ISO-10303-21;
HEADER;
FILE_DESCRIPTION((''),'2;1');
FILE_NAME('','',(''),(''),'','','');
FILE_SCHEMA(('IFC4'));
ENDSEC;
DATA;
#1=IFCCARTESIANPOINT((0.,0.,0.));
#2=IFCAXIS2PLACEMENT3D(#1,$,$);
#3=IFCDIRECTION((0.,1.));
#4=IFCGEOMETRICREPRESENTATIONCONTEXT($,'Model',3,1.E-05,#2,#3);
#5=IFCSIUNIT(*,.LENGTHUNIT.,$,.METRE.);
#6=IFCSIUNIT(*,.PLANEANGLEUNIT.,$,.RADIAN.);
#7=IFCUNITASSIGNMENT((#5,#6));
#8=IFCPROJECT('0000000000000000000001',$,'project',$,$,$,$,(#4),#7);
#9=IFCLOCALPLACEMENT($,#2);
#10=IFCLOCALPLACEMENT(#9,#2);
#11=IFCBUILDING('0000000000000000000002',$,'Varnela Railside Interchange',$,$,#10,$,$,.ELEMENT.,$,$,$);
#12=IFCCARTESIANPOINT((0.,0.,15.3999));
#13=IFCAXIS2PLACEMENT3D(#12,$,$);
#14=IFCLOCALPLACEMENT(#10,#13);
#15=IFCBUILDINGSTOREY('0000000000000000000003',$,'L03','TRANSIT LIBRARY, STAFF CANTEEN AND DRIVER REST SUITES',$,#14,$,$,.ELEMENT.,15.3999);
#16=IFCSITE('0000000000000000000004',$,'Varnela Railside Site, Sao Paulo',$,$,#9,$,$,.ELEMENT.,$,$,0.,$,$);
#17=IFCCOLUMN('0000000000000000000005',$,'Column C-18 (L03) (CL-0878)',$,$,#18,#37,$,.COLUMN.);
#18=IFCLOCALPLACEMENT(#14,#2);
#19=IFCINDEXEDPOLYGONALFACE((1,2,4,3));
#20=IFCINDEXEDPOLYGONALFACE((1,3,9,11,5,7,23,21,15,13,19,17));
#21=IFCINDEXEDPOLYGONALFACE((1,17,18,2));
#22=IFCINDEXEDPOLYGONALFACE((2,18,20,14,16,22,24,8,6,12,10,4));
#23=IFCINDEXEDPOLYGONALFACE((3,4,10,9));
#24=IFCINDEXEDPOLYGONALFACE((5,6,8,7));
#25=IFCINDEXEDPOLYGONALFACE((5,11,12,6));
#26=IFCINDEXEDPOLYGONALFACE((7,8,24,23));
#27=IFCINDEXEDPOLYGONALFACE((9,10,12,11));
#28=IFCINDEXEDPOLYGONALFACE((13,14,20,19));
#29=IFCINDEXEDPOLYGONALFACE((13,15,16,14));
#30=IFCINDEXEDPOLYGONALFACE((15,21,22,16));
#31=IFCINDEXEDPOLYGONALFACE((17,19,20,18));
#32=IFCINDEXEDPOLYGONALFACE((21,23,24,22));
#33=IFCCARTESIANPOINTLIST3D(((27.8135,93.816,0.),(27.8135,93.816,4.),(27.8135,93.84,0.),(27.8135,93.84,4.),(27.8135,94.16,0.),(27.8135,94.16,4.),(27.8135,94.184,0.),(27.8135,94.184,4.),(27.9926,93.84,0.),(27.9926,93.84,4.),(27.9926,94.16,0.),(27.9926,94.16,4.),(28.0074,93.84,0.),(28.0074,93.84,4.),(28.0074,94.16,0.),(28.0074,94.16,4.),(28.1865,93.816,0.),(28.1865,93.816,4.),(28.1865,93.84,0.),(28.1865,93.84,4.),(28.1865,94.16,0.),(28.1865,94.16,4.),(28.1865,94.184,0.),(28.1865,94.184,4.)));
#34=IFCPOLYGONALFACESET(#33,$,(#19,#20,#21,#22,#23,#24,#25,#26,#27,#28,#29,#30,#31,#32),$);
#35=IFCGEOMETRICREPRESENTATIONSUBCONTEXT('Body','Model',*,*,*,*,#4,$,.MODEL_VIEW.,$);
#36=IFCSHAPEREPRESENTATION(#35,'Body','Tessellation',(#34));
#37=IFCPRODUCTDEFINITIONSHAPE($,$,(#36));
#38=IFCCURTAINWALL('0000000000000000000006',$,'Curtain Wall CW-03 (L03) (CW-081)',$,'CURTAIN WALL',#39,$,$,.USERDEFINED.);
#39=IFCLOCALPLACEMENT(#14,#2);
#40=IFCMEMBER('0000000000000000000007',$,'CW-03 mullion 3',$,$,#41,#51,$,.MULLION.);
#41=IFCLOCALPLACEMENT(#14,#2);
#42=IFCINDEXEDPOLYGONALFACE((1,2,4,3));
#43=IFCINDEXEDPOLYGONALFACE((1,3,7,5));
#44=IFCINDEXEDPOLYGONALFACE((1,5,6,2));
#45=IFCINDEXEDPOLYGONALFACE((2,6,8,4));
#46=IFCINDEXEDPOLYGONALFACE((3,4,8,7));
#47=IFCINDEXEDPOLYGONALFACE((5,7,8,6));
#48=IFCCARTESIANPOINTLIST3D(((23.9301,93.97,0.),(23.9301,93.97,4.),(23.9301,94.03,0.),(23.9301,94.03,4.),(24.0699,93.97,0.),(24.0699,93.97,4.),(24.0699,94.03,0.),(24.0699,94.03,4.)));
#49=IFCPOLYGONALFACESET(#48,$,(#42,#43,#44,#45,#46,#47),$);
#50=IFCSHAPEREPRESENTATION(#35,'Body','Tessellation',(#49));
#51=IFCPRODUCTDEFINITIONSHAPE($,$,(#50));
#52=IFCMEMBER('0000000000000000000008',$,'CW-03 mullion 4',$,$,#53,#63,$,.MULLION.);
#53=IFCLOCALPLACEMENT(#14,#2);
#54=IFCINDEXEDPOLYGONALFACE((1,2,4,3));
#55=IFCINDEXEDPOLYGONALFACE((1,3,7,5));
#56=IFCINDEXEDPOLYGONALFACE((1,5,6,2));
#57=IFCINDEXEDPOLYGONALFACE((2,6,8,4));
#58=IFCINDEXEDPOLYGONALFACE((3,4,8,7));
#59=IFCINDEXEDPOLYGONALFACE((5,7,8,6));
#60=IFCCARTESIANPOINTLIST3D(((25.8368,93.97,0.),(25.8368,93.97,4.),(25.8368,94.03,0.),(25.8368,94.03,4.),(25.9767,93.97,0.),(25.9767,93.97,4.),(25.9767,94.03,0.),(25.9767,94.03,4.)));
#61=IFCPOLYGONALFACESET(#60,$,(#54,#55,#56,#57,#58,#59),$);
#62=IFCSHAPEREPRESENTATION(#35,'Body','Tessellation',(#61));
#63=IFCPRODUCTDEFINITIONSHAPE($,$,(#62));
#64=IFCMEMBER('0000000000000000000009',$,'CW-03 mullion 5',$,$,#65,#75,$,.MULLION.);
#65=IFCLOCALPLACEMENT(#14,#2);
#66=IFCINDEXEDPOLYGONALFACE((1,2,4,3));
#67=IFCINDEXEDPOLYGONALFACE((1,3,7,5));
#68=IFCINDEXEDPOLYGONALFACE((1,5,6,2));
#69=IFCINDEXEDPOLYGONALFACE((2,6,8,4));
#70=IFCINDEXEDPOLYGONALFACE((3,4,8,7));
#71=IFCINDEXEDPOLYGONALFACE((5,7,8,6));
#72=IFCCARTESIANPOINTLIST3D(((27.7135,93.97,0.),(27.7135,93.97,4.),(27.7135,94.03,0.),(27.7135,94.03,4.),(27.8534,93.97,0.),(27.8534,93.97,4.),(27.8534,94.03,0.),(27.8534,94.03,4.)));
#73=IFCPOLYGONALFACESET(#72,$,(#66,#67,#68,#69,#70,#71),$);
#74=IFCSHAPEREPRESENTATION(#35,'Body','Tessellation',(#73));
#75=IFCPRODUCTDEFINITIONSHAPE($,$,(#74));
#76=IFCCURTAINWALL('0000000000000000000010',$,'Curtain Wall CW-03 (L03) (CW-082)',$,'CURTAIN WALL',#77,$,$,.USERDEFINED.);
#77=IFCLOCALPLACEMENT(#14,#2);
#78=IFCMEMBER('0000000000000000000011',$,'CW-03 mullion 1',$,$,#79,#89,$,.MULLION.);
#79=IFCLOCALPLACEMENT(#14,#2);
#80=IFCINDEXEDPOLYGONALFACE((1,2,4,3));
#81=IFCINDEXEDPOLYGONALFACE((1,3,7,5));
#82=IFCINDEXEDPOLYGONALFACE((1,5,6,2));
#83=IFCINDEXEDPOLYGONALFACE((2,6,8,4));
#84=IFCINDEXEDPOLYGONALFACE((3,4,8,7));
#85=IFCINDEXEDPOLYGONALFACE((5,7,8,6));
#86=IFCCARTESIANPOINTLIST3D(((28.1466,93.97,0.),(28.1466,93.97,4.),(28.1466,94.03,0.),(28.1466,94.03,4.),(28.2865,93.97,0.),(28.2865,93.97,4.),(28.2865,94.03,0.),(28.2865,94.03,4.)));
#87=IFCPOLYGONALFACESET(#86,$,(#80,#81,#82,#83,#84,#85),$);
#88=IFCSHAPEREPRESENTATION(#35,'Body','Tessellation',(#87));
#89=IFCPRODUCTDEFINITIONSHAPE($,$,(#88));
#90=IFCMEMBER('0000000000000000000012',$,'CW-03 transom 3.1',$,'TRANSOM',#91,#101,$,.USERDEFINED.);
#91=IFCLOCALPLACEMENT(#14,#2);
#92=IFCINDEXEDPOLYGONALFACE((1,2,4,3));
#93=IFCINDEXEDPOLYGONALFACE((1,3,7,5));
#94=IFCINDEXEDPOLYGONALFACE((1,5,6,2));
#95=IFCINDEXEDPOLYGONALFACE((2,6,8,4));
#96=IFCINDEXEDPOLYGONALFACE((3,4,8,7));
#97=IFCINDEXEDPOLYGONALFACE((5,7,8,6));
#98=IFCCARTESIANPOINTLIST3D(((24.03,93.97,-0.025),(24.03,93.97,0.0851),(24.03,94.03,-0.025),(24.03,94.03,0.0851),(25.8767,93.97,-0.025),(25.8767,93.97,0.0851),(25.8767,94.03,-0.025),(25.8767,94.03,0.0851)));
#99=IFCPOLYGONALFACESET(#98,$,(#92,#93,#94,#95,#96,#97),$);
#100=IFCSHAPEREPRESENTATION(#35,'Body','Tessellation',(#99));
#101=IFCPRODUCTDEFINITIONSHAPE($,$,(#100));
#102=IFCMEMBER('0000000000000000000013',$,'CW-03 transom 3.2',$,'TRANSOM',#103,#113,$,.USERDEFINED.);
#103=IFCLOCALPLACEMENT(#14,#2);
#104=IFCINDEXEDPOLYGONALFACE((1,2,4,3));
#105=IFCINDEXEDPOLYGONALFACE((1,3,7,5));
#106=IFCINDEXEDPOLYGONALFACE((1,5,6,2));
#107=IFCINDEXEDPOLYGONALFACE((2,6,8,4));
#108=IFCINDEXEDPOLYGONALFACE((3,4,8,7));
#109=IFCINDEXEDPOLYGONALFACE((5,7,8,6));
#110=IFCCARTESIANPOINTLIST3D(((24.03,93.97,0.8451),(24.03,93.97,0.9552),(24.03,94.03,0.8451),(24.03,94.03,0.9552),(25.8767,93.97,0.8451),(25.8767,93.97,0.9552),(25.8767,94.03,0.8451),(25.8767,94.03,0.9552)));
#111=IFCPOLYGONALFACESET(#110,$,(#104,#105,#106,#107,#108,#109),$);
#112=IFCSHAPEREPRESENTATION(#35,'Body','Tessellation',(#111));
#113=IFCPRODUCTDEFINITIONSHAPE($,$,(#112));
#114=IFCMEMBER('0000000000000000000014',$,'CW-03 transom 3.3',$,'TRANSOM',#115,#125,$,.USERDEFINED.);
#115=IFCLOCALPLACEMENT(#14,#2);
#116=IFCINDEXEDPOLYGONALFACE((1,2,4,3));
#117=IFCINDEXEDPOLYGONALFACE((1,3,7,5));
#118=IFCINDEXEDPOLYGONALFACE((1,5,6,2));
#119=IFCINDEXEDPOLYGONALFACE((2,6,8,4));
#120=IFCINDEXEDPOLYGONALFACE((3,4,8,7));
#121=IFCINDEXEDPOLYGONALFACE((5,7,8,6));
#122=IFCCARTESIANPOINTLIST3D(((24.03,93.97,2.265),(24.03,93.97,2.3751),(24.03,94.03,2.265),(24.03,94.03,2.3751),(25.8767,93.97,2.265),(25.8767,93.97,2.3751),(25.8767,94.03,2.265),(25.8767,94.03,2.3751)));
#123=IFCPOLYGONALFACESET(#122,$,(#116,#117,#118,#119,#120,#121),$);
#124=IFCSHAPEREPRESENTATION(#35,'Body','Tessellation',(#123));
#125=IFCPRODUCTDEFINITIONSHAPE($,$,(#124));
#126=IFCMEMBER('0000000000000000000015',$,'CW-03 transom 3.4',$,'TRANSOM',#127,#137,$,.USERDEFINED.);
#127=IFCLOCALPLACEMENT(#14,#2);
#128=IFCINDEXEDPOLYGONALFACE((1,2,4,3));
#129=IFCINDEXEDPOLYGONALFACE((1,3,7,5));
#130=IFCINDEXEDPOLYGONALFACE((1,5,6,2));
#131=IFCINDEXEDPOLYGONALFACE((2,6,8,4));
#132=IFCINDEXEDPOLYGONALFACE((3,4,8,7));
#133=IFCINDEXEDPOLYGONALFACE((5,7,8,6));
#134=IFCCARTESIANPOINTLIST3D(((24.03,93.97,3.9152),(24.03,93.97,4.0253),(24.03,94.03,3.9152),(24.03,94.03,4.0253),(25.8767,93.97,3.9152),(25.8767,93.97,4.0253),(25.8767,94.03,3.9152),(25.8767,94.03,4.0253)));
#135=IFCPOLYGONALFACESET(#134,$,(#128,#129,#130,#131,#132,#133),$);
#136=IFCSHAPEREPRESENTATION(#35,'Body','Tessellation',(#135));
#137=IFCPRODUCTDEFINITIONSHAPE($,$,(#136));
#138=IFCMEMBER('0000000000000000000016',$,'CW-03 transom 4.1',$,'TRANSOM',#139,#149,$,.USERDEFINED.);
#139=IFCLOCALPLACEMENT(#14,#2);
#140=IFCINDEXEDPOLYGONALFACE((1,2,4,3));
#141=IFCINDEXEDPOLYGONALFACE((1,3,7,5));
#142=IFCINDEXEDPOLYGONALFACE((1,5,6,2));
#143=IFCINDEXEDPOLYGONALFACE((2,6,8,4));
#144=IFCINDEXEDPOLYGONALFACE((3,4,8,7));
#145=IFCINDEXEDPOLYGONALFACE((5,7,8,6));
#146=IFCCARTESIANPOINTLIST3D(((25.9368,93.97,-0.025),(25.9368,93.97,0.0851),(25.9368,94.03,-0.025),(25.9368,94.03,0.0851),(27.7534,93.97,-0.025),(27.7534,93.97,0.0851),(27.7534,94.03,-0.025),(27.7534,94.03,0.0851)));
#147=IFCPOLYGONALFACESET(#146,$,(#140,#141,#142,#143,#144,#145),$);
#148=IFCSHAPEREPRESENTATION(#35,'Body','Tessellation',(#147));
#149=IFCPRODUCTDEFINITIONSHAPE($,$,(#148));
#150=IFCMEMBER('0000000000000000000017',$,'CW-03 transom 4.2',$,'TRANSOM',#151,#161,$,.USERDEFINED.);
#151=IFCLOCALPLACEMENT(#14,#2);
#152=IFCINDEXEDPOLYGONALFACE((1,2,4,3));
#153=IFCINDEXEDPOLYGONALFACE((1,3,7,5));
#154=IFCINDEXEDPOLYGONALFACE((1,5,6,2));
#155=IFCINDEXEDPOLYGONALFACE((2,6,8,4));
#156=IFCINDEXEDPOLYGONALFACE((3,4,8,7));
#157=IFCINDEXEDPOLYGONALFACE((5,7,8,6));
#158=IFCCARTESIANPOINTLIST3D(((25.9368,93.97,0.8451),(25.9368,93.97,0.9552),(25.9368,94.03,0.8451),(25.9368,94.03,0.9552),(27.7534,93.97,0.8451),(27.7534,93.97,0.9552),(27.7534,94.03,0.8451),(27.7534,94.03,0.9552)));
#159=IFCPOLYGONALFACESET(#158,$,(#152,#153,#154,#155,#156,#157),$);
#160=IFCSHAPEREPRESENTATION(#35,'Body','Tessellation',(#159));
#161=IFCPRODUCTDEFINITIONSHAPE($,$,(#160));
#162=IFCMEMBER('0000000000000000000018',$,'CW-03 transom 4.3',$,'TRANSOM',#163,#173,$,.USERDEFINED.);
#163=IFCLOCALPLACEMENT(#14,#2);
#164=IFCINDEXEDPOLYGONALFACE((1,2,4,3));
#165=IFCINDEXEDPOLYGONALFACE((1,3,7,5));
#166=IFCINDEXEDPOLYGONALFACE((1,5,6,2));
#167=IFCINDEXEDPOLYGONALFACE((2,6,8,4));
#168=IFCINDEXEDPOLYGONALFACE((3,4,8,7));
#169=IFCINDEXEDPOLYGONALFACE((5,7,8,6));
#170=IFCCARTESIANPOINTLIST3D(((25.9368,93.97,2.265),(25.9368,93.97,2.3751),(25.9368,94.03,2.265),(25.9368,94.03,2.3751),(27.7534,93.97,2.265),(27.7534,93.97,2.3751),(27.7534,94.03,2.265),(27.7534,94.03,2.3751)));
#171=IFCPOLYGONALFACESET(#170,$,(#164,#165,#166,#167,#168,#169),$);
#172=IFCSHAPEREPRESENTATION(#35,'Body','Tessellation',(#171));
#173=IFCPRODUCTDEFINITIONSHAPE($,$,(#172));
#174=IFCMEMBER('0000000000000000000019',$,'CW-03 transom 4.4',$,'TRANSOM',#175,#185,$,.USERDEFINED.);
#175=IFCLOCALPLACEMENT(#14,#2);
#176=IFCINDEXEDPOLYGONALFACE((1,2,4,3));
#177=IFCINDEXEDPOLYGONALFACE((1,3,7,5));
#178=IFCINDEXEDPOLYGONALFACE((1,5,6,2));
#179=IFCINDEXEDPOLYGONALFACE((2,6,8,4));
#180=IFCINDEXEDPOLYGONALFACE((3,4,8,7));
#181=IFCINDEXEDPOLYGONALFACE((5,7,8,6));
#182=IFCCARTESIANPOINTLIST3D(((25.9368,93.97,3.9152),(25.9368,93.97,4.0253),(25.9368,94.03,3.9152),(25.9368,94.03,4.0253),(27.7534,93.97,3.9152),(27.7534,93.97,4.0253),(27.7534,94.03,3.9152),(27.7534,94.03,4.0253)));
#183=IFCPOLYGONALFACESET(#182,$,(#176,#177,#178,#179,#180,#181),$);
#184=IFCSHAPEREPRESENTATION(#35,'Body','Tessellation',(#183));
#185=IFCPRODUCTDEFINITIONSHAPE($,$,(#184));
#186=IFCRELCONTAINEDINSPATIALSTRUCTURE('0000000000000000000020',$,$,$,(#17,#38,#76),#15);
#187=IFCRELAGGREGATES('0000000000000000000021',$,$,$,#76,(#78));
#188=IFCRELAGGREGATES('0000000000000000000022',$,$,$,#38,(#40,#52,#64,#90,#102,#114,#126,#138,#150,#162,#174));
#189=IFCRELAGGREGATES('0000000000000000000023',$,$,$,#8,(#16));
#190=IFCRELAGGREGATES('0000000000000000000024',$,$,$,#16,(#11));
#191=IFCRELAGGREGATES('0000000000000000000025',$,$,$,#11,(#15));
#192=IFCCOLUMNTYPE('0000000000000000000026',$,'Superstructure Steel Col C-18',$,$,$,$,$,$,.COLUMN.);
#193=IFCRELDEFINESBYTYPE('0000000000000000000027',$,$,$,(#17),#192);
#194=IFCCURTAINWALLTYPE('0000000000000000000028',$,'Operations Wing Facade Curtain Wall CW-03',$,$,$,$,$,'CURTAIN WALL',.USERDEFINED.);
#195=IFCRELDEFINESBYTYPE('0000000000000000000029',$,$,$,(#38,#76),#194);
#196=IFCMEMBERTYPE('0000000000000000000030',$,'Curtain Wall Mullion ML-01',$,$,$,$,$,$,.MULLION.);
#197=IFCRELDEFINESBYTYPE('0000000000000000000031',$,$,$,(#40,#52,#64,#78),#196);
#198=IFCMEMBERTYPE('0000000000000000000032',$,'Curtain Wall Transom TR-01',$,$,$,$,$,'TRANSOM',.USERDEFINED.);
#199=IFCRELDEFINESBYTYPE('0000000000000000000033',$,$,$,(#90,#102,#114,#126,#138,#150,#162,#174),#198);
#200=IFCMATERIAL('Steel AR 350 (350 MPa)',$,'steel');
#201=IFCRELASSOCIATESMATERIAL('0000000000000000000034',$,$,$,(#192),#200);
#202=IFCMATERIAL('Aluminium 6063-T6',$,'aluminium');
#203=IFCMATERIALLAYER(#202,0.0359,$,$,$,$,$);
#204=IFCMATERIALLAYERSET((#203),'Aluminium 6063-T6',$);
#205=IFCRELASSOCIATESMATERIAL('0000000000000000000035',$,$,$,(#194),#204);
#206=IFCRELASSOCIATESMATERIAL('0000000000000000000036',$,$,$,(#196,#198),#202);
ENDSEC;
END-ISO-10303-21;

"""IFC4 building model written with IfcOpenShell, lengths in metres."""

from ifc_helpers import new_model, si_unit, direction, frame, origin, origin_2d, place, context, subcontext, project, spatial, rectangle, i_section, extrude, material, layer, layer_set, material_profile, profile_set, type_object, element, aggregate, save


model = new_model("IFC4")

# Units and contexts
model_context = context("Model", 3, precision=1e-05, world=origin(), true_north=direction((0.0, 1.0)))
body_context = subcontext(model_context, "Body", "Model", "MODEL_VIEW")
ifc_project = project(units=[si_unit("LENGTHUNIT", "METRE"), si_unit("PLANEANGLEUNIT", "RADIAN")], contexts=[model_context])

# Site, building, storey
site_placement = place(None, origin())
site = spatial("IfcSite", under=ifc_project, at=site_placement, Name="Varnela Railside Site, Sao Paulo", CompositionType="ELEMENT", RefElevation=0.0)
building_placement = place(site_placement, origin())
building = spatial("IfcBuilding", under=site, at=building_placement, Name="Varnela Railside Interchange", CompositionType="ELEMENT")
storey_placement = place(building_placement, frame((0.0, 0.0, 15.3999)))
storey = spatial("IfcBuildingStorey", under=building, at=storey_placement, Name="L03", Description="TRANSIT LIBRARY, STAFF CANTEEN AND DRIVER REST SUITES", CompositionType="ELEMENT", Elevation=15.3999)

# Column
ifc_material_1 = material(Name="Steel AR 350 (350 MPa)", Category="steel")
ifc_material_profile_1 = material_profile(ifc_material_1, i_section(OverallWidth=0.373, OverallDepth=0.3679, WebThickness=0.0149, FlangeThickness=0.0239, at=origin_2d()), Name="W360x179")
ifc_profile_set_1 = profile_set([ifc_material_profile_1], Name="Steel AR 350 (350 MPa)")
column_type = type_object("IfcColumnType", Name="Superstructure Steel Col C-18", PredefinedType="COLUMN", material=ifc_profile_set_1)
column_placement = place(storey_placement, frame((28.0, 94.0, 0.0), z_axis=(0.0, 0.0, 1.0), x_axis=(1.0, 0.0, 0.0)))
element("IfcColumn", 1, at=column_placement, inside=storey, type_object=column_type, Name="Column C-18 (L03) (CL-0878)", PredefinedType="COLUMN", context=body_context, shape_type="SweptSolid", body=[
    extrude(i_section(OverallWidth=0.373, OverallDepth=0.3679, WebThickness=0.0149, FlangeThickness=0.0239, at=origin_2d()), origin(), (0.0, 0.0, 1.0), 4.0),
])

# Curtain wall, members
ifc_material_2 = material(Name="Aluminium 6063-T6", Category="aluminium")
ifc_layer_1 = layer(ifc_material_2, 0.0359)
ifc_layer_set_1 = layer_set([ifc_layer_1], Name="Aluminium 6063-T6")
curtain_wall_type = type_object("IfcCurtainWallType", Name="Operations Wing Facade Curtain Wall CW-03", ElementType="CURTAIN WALL", PredefinedType="USERDEFINED", material=ifc_layer_set_1)
curtain_wall_1_placement = place(storey_placement, origin())
curtain_wall_1 = element("IfcCurtainWall", 2, at=curtain_wall_1_placement, inside=storey, type_object=curtain_wall_type, Name="Curtain Wall CW-03 (L03) (CW-081)", ObjectType="CURTAIN WALL", PredefinedType="USERDEFINED")
ifc_material_profile_2 = material_profile(ifc_material_2, rectangle(XDim=0.0601, YDim=0.1399, at=origin_2d()), Name="ALU 60x140")
ifc_profile_set_2 = profile_set([ifc_material_profile_2], Name="Aluminium 6063-T6")
member_type_1 = type_object("IfcMemberType", Name="Curtain Wall Mullion ML-01", PredefinedType="MULLION", material=ifc_profile_set_2)
member_1_placement = place(storey_placement, frame((24.0, 94.0, 0.0), z_axis=(0.0, 0.0, 1.0), x_axis=(0.0, 1.0, 0.0)))
member_1 = element("IfcMember", 3, at=member_1_placement, type_object=member_type_1, Name="CW-03 mullion 3", PredefinedType="MULLION", context=body_context, shape_type="SweptSolid", body=[
    extrude(rectangle(XDim=0.0601, YDim=0.1399, at=origin_2d()), origin(), (0.0, 0.0, 1.0), 4.0),
])
member_2_placement = place(storey_placement, frame((25.9067, 94.0, 0.0), z_axis=(0.0, 0.0, 1.0), x_axis=(0.0, 1.0, 0.0)))
member_2 = element("IfcMember", 4, at=member_2_placement, type_object=member_type_1, Name="CW-03 mullion 4", PredefinedType="MULLION", context=body_context, shape_type="SweptSolid", body=[
    extrude(rectangle(XDim=0.0601, YDim=0.1399, at=origin_2d()), origin(), (0.0, 0.0, 1.0), 4.0),
])
member_3_placement = place(storey_placement, frame((27.7834, 94.0, 0.0), z_axis=(0.0, 0.0, 1.0), x_axis=(0.0, 1.0, 0.0)))
member_3 = element("IfcMember", 5, at=member_3_placement, type_object=member_type_1, Name="CW-03 mullion 5", PredefinedType="MULLION", context=body_context, shape_type="SweptSolid", body=[
    extrude(rectangle(XDim=0.0601, YDim=0.1399, at=origin_2d()), origin(), (0.0, 0.0, 1.0), 4.0),
])

# Curtain wall, member
curtain_wall_2_placement = place(storey_placement, origin())
curtain_wall_2 = element("IfcCurtainWall", 6, at=curtain_wall_2_placement, inside=storey, type_object=curtain_wall_type, Name="Curtain Wall CW-03 (L03) (CW-082)", ObjectType="CURTAIN WALL", PredefinedType="USERDEFINED")
member_4_placement = place(storey_placement, frame((28.2166, 94.0, 0.0), z_axis=(0.0, 0.0, 1.0), x_axis=(0.0, 1.0, 0.0)))
member_4 = element("IfcMember", 7, at=member_4_placement, type_object=member_type_1, Name="CW-03 mullion 1", PredefinedType="MULLION", context=body_context, shape_type="SweptSolid", body=[
    extrude(rectangle(XDim=0.0601, YDim=0.1399, at=origin_2d()), origin(), (0.0, 0.0, 1.0), 4.0),
])
aggregate(curtain_wall_2, [member_4])

# Members
ifc_material_profile_3 = material_profile(ifc_material_2, rectangle(XDim=0.0601, YDim=0.1101, at=origin_2d()), Name="ALU 60x110")
ifc_profile_set_3 = profile_set([ifc_material_profile_3], Name="Aluminium 6063-T6")
member_type_2 = type_object("IfcMemberType", Name="Curtain Wall Transom TR-01", ElementType="TRANSOM", PredefinedType="USERDEFINED", material=ifc_profile_set_3)
member_5_placement = place(storey_placement, frame((24.03, 94.0, 0.03), z_axis=(1.0, 0.0, 0.0), x_axis=(0.0, 1.0, 0.0)))
member_5 = element("IfcMember", 8, at=member_5_placement, type_object=member_type_2, Name="CW-03 transom 3.1", ObjectType="TRANSOM", PredefinedType="USERDEFINED", context=body_context, shape_type="SweptSolid", body=[
    extrude(rectangle(XDim=0.0601, YDim=0.1101, at=origin_2d()), origin(), (0.0, 0.0, 1.0), 1.8467),
])
member_6_placement = place(storey_placement, frame((24.03, 94.0, 0.9001), z_axis=(1.0, 0.0, 0.0), x_axis=(0.0, 1.0, 0.0)))
member_6 = element("IfcMember", 9, at=member_6_placement, type_object=member_type_2, Name="CW-03 transom 3.2", ObjectType="TRANSOM", PredefinedType="USERDEFINED", context=body_context, shape_type="SweptSolid", body=[
    extrude(rectangle(XDim=0.0601, YDim=0.1101, at=origin_2d()), origin(), (0.0, 0.0, 1.0), 1.8467),
])
member_7_placement = place(storey_placement, frame((24.03, 94.0, 2.3201), z_axis=(1.0, 0.0, 0.0), x_axis=(0.0, 1.0, 0.0)))
member_7 = element("IfcMember", 10, at=member_7_placement, type_object=member_type_2, Name="CW-03 transom 3.3", ObjectType="TRANSOM", PredefinedType="USERDEFINED", context=body_context, shape_type="SweptSolid", body=[
    extrude(rectangle(XDim=0.0601, YDim=0.1101, at=origin_2d()), origin(), (0.0, 0.0, 1.0), 1.8467),
])
member_8_placement = place(storey_placement, frame((24.03, 94.0, 3.9702), z_axis=(1.0, 0.0, 0.0), x_axis=(0.0, 1.0, 0.0)))
member_8 = element("IfcMember", 11, at=member_8_placement, type_object=member_type_2, Name="CW-03 transom 3.4", ObjectType="TRANSOM", PredefinedType="USERDEFINED", context=body_context, shape_type="SweptSolid", body=[
    extrude(rectangle(XDim=0.0601, YDim=0.1101, at=origin_2d()), origin(), (0.0, 0.0, 1.0), 1.8467),
])
member_9_placement = place(storey_placement, frame((25.9368, 94.0, 0.03), z_axis=(1.0, 0.0, 0.0), x_axis=(0.0, 1.0, 0.0)))
member_9 = element("IfcMember", 12, at=member_9_placement, type_object=member_type_2, Name="CW-03 transom 4.1", ObjectType="TRANSOM", PredefinedType="USERDEFINED", context=body_context, shape_type="SweptSolid", body=[
    extrude(rectangle(XDim=0.0601, YDim=0.1101, at=origin_2d()), origin(), (0.0, 0.0, 1.0), 1.8167),
])
member_10_placement = place(storey_placement, frame((25.9368, 94.0, 0.9001), z_axis=(1.0, 0.0, 0.0), x_axis=(0.0, 1.0, 0.0)))
member_10 = element("IfcMember", 13, at=member_10_placement, type_object=member_type_2, Name="CW-03 transom 4.2", ObjectType="TRANSOM", PredefinedType="USERDEFINED", context=body_context, shape_type="SweptSolid", body=[
    extrude(rectangle(XDim=0.0601, YDim=0.1101, at=origin_2d()), origin(), (0.0, 0.0, 1.0), 1.8167),
])
member_11_placement = place(storey_placement, frame((25.9368, 94.0, 2.3201), z_axis=(1.0, 0.0, 0.0), x_axis=(0.0, 1.0, 0.0)))
member_11 = element("IfcMember", 14, at=member_11_placement, type_object=member_type_2, Name="CW-03 transom 4.3", ObjectType="TRANSOM", PredefinedType="USERDEFINED", context=body_context, shape_type="SweptSolid", body=[
    extrude(rectangle(XDim=0.0601, YDim=0.1101, at=origin_2d()), origin(), (0.0, 0.0, 1.0), 1.8167),
])
member_12_placement = place(storey_placement, frame((25.9368, 94.0, 3.9702), z_axis=(1.0, 0.0, 0.0), x_axis=(0.0, 1.0, 0.0)))
member_12 = element("IfcMember", 15, at=member_12_placement, type_object=member_type_2, Name="CW-03 transom 4.4", ObjectType="TRANSOM", PredefinedType="USERDEFINED", context=body_context, shape_type="SweptSolid", body=[
    extrude(rectangle(XDim=0.0601, YDim=0.1101, at=origin_2d()), origin(), (0.0, 0.0, 1.0), 1.8167),
])

aggregate(curtain_wall_1, [member_1, member_2, member_3, member_5, member_6, member_7, member_8, member_9, member_10, member_11, member_12])

save(model, "model.ifc")
